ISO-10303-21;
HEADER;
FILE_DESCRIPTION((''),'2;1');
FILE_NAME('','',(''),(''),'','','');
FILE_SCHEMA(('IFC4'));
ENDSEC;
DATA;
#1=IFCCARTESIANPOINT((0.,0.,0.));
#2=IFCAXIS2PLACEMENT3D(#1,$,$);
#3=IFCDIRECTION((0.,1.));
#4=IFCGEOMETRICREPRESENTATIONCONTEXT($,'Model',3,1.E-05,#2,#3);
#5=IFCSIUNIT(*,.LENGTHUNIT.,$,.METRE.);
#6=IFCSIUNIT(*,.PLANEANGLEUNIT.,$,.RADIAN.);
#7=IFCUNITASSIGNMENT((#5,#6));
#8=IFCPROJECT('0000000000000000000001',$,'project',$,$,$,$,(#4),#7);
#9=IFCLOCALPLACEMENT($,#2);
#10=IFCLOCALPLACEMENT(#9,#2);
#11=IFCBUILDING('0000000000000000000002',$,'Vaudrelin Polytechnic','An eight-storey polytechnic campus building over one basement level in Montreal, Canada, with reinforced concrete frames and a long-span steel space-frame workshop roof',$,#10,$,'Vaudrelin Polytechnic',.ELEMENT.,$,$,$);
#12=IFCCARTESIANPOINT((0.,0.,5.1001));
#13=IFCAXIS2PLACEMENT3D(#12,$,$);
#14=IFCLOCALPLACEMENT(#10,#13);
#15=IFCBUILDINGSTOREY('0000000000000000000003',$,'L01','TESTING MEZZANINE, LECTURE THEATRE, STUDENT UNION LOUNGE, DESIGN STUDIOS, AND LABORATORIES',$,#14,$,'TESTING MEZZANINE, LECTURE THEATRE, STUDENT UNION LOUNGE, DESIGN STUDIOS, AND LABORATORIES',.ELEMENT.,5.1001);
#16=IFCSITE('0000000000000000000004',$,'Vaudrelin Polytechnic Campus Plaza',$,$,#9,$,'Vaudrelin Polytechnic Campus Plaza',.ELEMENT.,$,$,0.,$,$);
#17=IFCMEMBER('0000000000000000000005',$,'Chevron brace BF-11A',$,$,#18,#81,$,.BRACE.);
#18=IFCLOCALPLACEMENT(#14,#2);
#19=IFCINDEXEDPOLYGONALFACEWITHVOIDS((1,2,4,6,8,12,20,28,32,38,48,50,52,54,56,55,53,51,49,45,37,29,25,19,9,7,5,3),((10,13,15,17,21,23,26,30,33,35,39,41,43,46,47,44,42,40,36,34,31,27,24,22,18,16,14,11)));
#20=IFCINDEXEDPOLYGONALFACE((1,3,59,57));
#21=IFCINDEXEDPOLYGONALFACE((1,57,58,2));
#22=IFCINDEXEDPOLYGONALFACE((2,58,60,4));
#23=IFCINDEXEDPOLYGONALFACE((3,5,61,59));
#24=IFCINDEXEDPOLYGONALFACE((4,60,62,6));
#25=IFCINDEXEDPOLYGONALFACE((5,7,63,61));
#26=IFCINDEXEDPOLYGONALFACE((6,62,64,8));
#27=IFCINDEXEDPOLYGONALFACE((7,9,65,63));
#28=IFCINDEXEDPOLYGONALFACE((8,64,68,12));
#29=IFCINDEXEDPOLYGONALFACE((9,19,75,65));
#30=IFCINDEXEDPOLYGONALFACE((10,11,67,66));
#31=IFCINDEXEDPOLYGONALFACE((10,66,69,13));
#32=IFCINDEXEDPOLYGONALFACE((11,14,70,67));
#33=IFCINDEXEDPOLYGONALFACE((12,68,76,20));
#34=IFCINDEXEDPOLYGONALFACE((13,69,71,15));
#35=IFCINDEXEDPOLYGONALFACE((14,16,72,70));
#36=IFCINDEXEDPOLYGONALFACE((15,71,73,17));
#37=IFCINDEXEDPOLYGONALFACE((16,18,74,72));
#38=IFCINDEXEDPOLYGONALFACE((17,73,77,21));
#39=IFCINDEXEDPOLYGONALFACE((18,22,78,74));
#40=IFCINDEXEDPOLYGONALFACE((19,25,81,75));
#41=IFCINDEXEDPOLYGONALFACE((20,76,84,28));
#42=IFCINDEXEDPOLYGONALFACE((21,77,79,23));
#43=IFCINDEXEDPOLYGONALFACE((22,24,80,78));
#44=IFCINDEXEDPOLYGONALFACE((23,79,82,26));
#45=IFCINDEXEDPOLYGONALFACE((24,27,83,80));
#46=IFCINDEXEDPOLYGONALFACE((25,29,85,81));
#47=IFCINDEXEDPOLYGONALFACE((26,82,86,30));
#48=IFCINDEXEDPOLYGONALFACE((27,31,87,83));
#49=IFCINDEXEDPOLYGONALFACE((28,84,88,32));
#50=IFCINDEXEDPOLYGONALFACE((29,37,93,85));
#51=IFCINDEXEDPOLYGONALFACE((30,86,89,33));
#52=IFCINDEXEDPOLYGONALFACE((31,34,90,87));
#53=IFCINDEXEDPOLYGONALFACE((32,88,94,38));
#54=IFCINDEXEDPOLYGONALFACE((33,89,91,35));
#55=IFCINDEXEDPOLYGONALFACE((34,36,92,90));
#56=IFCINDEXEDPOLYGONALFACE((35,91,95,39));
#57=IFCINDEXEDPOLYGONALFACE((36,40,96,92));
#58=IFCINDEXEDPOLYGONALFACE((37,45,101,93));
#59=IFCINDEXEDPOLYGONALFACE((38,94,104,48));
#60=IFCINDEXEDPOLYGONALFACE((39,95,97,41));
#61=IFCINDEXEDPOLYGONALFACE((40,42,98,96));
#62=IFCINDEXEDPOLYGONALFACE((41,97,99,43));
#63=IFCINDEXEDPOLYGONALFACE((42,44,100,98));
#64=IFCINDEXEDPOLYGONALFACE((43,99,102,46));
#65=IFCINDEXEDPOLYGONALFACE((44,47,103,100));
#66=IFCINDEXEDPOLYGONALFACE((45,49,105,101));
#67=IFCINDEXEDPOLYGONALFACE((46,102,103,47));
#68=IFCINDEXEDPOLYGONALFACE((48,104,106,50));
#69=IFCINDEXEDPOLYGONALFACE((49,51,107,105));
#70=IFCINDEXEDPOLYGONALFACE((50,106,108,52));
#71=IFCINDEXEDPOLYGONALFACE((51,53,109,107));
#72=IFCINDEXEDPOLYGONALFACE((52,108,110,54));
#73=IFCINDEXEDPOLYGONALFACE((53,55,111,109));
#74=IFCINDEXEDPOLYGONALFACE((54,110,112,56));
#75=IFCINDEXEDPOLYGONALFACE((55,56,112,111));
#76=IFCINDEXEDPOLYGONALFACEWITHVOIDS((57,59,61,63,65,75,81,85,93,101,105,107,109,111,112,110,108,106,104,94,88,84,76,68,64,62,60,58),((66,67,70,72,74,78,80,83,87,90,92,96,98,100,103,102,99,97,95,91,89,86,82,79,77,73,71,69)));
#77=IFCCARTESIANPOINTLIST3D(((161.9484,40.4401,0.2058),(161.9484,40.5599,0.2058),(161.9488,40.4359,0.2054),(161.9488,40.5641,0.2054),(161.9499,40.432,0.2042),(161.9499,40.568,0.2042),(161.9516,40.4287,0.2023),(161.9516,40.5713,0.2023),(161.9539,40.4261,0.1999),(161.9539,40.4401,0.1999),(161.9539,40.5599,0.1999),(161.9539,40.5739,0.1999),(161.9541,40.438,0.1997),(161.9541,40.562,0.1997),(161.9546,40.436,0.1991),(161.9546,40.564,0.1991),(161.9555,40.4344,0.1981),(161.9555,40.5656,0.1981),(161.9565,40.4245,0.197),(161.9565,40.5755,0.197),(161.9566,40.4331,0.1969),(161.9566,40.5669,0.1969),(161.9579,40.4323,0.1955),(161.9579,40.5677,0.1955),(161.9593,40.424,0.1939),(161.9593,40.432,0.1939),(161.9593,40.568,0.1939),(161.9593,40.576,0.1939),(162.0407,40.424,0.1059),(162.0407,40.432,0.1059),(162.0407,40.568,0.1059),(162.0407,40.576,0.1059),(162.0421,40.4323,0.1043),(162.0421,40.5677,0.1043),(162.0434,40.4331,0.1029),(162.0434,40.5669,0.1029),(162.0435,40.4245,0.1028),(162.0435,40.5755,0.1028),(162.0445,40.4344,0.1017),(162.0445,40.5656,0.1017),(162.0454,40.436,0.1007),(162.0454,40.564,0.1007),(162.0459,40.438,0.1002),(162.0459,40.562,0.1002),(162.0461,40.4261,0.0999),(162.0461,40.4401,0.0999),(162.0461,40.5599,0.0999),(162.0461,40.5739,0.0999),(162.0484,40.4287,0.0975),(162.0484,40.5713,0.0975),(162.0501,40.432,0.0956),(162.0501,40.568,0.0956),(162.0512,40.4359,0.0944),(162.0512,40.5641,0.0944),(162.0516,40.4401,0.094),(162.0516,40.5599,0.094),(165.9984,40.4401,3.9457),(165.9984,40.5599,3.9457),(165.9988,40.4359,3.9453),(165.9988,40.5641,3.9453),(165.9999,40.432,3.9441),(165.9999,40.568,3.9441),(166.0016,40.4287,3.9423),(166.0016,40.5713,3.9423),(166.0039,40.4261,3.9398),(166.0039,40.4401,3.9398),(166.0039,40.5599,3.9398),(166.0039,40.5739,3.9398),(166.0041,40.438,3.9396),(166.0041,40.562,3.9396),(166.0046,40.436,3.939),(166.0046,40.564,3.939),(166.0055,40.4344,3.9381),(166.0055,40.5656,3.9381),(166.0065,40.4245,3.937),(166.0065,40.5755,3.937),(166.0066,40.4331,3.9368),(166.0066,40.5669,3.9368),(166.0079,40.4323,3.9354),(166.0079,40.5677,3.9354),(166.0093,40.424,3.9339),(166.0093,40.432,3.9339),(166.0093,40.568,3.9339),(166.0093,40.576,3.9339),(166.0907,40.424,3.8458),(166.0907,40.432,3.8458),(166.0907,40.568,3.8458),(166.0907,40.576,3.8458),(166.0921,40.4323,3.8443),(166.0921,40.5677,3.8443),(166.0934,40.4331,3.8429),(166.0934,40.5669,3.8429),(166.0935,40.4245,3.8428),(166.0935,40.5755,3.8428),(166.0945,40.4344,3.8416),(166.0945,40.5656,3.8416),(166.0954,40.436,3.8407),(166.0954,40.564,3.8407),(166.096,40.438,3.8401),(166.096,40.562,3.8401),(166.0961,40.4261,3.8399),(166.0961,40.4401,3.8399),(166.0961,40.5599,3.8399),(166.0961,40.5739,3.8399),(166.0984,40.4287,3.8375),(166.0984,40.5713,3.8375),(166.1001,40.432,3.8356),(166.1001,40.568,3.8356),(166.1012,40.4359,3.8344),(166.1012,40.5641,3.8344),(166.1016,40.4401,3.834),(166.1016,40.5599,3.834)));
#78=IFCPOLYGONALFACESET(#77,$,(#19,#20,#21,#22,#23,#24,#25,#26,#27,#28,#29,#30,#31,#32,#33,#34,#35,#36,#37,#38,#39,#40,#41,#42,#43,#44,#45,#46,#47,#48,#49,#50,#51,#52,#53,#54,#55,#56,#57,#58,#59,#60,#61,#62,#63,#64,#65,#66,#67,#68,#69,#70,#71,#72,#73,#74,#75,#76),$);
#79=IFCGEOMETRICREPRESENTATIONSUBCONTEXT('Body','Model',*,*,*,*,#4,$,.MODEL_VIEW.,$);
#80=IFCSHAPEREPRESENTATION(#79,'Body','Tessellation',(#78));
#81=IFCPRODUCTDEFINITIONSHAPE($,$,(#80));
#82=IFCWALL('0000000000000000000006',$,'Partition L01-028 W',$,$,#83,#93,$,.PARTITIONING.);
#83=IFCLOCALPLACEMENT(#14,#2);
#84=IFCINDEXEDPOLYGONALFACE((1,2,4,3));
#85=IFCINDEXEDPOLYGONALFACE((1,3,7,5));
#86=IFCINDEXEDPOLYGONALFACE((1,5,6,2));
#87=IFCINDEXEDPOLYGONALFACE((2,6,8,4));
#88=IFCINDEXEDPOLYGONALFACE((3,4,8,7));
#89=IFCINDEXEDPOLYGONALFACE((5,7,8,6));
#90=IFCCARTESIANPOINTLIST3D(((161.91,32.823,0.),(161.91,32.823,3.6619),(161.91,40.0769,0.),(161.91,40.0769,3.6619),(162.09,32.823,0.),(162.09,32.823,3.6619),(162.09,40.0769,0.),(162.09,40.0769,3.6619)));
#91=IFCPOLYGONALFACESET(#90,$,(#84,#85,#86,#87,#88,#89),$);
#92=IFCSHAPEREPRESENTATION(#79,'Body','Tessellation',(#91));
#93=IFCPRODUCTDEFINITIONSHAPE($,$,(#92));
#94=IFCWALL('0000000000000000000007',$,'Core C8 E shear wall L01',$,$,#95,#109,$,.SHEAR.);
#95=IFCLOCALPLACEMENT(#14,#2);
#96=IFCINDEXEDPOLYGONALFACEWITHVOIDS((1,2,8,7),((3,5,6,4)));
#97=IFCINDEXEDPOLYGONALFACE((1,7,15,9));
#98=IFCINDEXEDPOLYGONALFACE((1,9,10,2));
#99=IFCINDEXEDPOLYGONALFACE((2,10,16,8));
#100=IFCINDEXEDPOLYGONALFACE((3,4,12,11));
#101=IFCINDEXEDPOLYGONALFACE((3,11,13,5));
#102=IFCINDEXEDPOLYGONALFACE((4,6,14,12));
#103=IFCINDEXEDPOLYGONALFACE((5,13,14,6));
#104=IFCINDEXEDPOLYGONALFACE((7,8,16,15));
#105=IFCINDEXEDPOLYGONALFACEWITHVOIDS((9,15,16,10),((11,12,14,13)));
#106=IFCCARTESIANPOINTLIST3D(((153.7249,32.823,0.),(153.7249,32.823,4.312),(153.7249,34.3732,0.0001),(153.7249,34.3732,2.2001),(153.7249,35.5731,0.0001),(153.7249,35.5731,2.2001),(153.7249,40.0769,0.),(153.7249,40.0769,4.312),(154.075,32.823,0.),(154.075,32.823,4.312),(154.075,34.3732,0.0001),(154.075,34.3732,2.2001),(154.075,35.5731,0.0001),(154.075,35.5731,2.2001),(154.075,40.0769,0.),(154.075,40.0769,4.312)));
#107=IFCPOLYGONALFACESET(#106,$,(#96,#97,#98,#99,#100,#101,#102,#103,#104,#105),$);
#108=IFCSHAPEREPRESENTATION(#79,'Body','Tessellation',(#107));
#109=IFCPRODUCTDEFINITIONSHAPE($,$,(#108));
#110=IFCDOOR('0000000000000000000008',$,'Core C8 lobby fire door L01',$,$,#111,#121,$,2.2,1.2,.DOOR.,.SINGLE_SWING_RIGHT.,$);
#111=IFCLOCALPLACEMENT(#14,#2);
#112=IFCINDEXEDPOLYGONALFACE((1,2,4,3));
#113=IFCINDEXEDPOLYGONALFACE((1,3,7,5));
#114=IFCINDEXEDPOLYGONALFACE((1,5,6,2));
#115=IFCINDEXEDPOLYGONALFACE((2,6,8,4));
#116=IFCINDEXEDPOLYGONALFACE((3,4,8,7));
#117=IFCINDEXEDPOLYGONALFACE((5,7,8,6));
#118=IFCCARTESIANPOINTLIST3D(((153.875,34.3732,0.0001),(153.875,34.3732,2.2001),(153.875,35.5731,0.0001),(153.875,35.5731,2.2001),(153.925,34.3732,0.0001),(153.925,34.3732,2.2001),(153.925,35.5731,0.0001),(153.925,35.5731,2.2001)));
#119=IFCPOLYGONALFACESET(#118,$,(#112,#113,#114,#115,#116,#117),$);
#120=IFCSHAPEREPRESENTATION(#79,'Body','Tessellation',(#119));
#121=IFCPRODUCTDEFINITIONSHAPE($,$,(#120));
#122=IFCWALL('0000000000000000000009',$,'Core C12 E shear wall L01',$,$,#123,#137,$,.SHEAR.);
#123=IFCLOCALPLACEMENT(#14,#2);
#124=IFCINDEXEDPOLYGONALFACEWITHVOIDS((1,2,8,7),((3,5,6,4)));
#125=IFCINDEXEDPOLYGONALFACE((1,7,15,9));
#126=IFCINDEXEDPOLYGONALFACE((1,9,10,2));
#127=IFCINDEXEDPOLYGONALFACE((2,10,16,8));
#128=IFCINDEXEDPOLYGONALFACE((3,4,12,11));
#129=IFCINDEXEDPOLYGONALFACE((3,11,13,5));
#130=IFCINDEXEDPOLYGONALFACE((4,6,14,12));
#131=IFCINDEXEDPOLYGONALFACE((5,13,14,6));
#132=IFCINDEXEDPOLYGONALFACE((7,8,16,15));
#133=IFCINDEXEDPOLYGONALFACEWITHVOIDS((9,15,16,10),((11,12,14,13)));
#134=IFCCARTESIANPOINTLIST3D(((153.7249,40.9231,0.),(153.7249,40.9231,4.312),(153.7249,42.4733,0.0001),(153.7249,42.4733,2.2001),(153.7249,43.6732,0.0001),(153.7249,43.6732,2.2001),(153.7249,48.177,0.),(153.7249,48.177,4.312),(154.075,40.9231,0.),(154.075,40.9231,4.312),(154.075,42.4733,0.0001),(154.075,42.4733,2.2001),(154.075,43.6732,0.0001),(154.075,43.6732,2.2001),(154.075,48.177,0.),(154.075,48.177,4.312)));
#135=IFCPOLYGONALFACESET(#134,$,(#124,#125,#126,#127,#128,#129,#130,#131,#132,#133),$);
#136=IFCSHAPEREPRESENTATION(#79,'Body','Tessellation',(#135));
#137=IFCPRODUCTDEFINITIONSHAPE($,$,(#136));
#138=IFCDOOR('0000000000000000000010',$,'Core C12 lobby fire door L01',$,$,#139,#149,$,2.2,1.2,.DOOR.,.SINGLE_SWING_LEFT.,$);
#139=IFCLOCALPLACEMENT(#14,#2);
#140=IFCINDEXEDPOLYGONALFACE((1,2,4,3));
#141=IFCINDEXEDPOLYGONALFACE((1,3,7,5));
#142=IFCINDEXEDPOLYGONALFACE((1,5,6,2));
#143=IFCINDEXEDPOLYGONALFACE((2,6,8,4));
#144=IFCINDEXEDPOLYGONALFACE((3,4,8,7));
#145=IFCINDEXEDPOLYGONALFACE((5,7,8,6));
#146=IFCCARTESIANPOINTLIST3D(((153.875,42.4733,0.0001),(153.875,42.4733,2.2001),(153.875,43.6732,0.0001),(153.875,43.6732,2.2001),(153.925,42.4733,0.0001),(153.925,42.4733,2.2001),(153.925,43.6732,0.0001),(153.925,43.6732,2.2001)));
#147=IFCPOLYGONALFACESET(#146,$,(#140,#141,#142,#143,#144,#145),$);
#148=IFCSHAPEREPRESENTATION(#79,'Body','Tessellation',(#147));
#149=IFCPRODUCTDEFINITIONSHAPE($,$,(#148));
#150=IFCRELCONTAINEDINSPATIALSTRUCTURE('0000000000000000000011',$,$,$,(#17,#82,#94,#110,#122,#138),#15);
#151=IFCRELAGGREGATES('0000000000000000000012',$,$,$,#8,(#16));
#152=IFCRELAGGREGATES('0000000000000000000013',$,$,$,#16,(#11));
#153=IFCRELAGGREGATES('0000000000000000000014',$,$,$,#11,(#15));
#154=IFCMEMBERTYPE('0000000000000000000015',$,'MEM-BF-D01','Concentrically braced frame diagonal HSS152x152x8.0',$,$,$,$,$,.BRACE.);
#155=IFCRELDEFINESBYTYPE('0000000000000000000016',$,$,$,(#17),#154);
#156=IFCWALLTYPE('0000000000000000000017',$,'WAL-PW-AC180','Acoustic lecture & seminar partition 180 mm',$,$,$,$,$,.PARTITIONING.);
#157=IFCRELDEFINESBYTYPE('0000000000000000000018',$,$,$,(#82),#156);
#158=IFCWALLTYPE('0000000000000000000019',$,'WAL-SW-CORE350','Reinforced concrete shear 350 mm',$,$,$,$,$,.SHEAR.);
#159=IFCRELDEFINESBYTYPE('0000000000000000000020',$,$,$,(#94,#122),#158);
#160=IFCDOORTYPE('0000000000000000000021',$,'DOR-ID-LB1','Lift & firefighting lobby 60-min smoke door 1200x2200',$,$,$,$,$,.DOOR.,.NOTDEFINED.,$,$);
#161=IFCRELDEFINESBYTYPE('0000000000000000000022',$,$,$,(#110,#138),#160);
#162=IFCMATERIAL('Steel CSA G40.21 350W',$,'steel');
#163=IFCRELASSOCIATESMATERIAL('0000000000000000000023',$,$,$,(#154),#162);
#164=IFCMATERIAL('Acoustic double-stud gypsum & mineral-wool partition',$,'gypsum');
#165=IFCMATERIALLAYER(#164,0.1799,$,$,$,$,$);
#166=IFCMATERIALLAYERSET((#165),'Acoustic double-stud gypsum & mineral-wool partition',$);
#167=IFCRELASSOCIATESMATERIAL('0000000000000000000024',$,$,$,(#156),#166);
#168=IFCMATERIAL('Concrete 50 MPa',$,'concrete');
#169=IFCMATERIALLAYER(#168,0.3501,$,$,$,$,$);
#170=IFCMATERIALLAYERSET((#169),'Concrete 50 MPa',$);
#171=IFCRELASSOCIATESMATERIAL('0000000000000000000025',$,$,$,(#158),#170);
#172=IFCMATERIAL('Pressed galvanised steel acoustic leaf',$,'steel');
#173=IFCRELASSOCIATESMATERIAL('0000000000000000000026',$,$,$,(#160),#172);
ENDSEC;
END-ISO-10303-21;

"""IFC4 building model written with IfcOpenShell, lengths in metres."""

from ifc_helpers import new_model, si_unit, direction, frame, frame_2d, origin, origin_2d, place, context, subcontext, project, spatial, rectangle, hollow_rectangle, extrude, material, layer, layer_set, material_profile, profile_set, type_object, element, fill, save


model = new_model("IFC4")

# Units and contexts
model_context = context("Model", 3, precision=1e-05, world=origin(), true_north=direction((0.0, 1.0)))
body_context = subcontext(model_context, "Body", "Model", "MODEL_VIEW")
ifc_project = project(units=[si_unit("LENGTHUNIT", "METRE"), si_unit("PLANEANGLEUNIT", "RADIAN")], contexts=[model_context])

# Site, building, storey
site_placement = place(None, origin())
site = spatial("IfcSite", under=ifc_project, at=site_placement, Name="Vaudrelin Polytechnic Campus Plaza", LongName="Vaudrelin Polytechnic Campus Plaza", CompositionType="ELEMENT", RefElevation=0.0)
building_placement = place(site_placement, origin())
building = spatial("IfcBuilding", under=site, at=building_placement, Name="Vaudrelin Polytechnic", Description="An eight-storey polytechnic campus building over one basement level in Montreal, Canada, with reinforced concrete frames and a long-span steel space-frame workshop roof", LongName="Vaudrelin Polytechnic", CompositionType="ELEMENT")
storey_placement = place(building_placement, frame((0.0, 0.0, 5.1001)))
storey = spatial("IfcBuildingStorey", under=building, at=storey_placement, Name="L01", Description="TESTING MEZZANINE, LECTURE THEATRE, STUDENT UNION LOUNGE, DESIGN STUDIOS, AND LABORATORIES", LongName="TESTING MEZZANINE, LECTURE THEATRE, STUDENT UNION LOUNGE, DESIGN STUDIOS, AND LABORATORIES", CompositionType="ELEMENT", Elevation=5.1001)

# Shared definitions
ifc_material_1 = material(Name="Concrete 50 MPa", Category="concrete")

# Member
ifc_material_2 = material(Name="Steel CSA G40.21 350W", Category="steel")
ifc_material_profile_1 = material_profile(ifc_material_2, hollow_rectangle(XDim=0.1521, YDim=0.1521, WallThickness=0.0081, InnerFilletRadius=0.0081, OuterFilletRadius=0.0161, at=origin_2d()), Name="HSS152x152x8.0")
ifc_profile_set_1 = profile_set([ifc_material_profile_1], Name="Steel CSA G40.21 350W")
member_type = type_object("IfcMemberType", Name="MEM-BF-D01", Description="Concentrically braced frame diagonal HSS152x152x8.0", PredefinedType="BRACE", material=ifc_profile_set_1)
member_placement = place(storey_placement, frame((162.0, 40.5, 0.1499), z_axis=(0.734669, 0.0, 0.678425), x_axis=(0.0, 1.0, 0.0)))
element("IfcMember", 1, at=member_placement, inside=storey, type_object=member_type, Name="Chevron brace BF-11A", PredefinedType="BRACE", context=body_context, shape_type="SweptSolid", body=[
    extrude(hollow_rectangle(XDim=0.1521, YDim=0.1521, WallThickness=0.0081, InnerFilletRadius=0.0081, OuterFilletRadius=0.0161, at=origin_2d()), origin(), (0.0, 0.0, 1.0), 5.5127),
])

# Wall
ifc_material_3 = material(Name="Acoustic double-stud gypsum & mineral-wool partition", Category="gypsum")
ifc_layer_1 = layer(ifc_material_3, 0.1799)
ifc_layer_set_1 = layer_set([ifc_layer_1], Name="Acoustic double-stud gypsum & mineral-wool partition")
wall_type_1 = type_object("IfcWallType", Name="WAL-PW-AC180", Description="Acoustic lecture & seminar partition 180 mm", PredefinedType="PARTITIONING", material=ifc_layer_set_1)
wall_1_placement = place(storey_placement, frame((162.0, 32.823, 0.0), z_axis=(0.0, 0.0, 1.0), x_axis=(0.0, 1.0, 0.0)))
element("IfcWall", 2, at=wall_1_placement, inside=storey, type_object=wall_type_1, Name="Partition L01-028 W", PredefinedType="PARTITIONING", context=body_context, shape_type="SweptSolid", body=[
    extrude(rectangle(XDim=7.2539, YDim=0.1799, at=frame_2d((3.627, 0.0))), origin(), (0.0, 0.0, 1.0), 3.6619),
])

# Walls, openings, doors
ifc_layer_2 = layer(ifc_material_1, 0.3501)
ifc_layer_set_2 = layer_set([ifc_layer_2], Name="Concrete 50 MPa")
wall_type_2 = type_object("IfcWallType", Name="WAL-SW-CORE350", Description="Reinforced concrete shear 350 mm", PredefinedType="SHEAR", material=ifc_layer_set_2)
wall_2_placement = place(storey_placement, frame((153.8999, 32.823, 0.0), z_axis=(0.0, 0.0, 1.0), x_axis=(0.0, 1.0, 0.0)))
wall_2 = element("IfcWall", 3, at=wall_2_placement, inside=storey, type_object=wall_type_2, Name="Core C8 E shear wall L01", PredefinedType="SHEAR", context=body_context, shape_type="SweptSolid", body=[
    extrude(rectangle(XDim=7.2539, YDim=0.3501, at=frame_2d((3.627, 0.0))), origin(), (0.0, 0.0, 1.0), 4.312),
])
opening_1_placement = place(wall_2_placement, frame((1.55, 0.0, 0.0)))
opening_1 = element("IfcOpeningElement", 4, at=opening_1_placement, cuts=wall_2, PredefinedType="OPENING", context=body_context, shape_type="SweptSolid", body=[
    extrude(rectangle(XDim=1.2, YDim=2.2, at=frame_2d((0.6001, 1.1001))), frame((0.0, 0.1851, 0.0), z_axis=(0.0, -1.0, 0.0), x_axis=(1.0, 0.0, 0.0)), (0.0, 0.0, 1.0), 0.3701),
])
ifc_material_4 = material(Name="Pressed galvanised steel acoustic leaf", Category="steel")
door_type = type_object("IfcDoorType", Name="DOR-ID-LB1", Description="Lift & firefighting lobby 60-min smoke door 1200x2200", OperationType="NOTDEFINED", PredefinedType="DOOR", material=ifc_material_4)
door_1_placement = place(opening_1_placement, origin())
door_1 = element("IfcDoor", 5, at=door_1_placement, inside=storey, type_object=door_type, Name="Core C8 lobby fire door L01", OperationType="SINGLE_SWING_RIGHT", OverallHeight=2.2, OverallWidth=1.2, PredefinedType="DOOR", context=body_context, shape_type="SweptSolid", body=[
    extrude(rectangle(XDim=1.2, YDim=2.2, at=frame_2d((0.6001, 1.1001))), frame((0.0, 0.0249, 0.0), z_axis=(0.0, -1.0, 0.0), x_axis=(1.0, 0.0, 0.0)), (0.0, 0.0, 1.0), 0.05),
])
fill(opening_1, door_1)
wall_3_placement = place(storey_placement, frame((153.8999, 40.9231, 0.0), z_axis=(0.0, 0.0, 1.0), x_axis=(0.0, 1.0, 0.0)))
wall_3 = element("IfcWall", 6, at=wall_3_placement, inside=storey, type_object=wall_type_2, Name="Core C12 E shear wall L01", PredefinedType="SHEAR", context=body_context, shape_type="SweptSolid", body=[
    extrude(rectangle(XDim=7.2539, YDim=0.3501, at=frame_2d((3.627, 0.0))), origin(), (0.0, 0.0, 1.0), 4.312),
])
opening_2_placement = place(wall_3_placement, frame((1.55, 0.0, 0.0)))
opening_2 = element("IfcOpeningElement", 7, at=opening_2_placement, cuts=wall_3, PredefinedType="OPENING", context=body_context, shape_type="SweptSolid", body=[
    extrude(rectangle(XDim=1.2, YDim=2.2, at=frame_2d((0.6001, 1.1001))), frame((0.0, 0.1851, 0.0), z_axis=(0.0, -1.0, 0.0), x_axis=(1.0, 0.0, 0.0)), (0.0, 0.0, 1.0), 0.3701),
])
door_2_placement = place(opening_2_placement, origin())
door_2 = element("IfcDoor", 8, at=door_2_placement, inside=storey, type_object=door_type, Name="Core C12 lobby fire door L01", OperationType="SINGLE_SWING_LEFT", OverallHeight=2.2, OverallWidth=1.2, PredefinedType="DOOR", context=body_context, shape_type="SweptSolid", body=[
    extrude(rectangle(XDim=1.2, YDim=2.2, at=frame_2d((0.6001, 1.1001))), frame((0.0, 0.0249, 0.0), z_axis=(0.0, -1.0, 0.0), x_axis=(1.0, 0.0, 0.0)), (0.0, 0.0, 1.0), 0.05),
])
fill(opening_2, door_2)

save(model, "model.ifc")
